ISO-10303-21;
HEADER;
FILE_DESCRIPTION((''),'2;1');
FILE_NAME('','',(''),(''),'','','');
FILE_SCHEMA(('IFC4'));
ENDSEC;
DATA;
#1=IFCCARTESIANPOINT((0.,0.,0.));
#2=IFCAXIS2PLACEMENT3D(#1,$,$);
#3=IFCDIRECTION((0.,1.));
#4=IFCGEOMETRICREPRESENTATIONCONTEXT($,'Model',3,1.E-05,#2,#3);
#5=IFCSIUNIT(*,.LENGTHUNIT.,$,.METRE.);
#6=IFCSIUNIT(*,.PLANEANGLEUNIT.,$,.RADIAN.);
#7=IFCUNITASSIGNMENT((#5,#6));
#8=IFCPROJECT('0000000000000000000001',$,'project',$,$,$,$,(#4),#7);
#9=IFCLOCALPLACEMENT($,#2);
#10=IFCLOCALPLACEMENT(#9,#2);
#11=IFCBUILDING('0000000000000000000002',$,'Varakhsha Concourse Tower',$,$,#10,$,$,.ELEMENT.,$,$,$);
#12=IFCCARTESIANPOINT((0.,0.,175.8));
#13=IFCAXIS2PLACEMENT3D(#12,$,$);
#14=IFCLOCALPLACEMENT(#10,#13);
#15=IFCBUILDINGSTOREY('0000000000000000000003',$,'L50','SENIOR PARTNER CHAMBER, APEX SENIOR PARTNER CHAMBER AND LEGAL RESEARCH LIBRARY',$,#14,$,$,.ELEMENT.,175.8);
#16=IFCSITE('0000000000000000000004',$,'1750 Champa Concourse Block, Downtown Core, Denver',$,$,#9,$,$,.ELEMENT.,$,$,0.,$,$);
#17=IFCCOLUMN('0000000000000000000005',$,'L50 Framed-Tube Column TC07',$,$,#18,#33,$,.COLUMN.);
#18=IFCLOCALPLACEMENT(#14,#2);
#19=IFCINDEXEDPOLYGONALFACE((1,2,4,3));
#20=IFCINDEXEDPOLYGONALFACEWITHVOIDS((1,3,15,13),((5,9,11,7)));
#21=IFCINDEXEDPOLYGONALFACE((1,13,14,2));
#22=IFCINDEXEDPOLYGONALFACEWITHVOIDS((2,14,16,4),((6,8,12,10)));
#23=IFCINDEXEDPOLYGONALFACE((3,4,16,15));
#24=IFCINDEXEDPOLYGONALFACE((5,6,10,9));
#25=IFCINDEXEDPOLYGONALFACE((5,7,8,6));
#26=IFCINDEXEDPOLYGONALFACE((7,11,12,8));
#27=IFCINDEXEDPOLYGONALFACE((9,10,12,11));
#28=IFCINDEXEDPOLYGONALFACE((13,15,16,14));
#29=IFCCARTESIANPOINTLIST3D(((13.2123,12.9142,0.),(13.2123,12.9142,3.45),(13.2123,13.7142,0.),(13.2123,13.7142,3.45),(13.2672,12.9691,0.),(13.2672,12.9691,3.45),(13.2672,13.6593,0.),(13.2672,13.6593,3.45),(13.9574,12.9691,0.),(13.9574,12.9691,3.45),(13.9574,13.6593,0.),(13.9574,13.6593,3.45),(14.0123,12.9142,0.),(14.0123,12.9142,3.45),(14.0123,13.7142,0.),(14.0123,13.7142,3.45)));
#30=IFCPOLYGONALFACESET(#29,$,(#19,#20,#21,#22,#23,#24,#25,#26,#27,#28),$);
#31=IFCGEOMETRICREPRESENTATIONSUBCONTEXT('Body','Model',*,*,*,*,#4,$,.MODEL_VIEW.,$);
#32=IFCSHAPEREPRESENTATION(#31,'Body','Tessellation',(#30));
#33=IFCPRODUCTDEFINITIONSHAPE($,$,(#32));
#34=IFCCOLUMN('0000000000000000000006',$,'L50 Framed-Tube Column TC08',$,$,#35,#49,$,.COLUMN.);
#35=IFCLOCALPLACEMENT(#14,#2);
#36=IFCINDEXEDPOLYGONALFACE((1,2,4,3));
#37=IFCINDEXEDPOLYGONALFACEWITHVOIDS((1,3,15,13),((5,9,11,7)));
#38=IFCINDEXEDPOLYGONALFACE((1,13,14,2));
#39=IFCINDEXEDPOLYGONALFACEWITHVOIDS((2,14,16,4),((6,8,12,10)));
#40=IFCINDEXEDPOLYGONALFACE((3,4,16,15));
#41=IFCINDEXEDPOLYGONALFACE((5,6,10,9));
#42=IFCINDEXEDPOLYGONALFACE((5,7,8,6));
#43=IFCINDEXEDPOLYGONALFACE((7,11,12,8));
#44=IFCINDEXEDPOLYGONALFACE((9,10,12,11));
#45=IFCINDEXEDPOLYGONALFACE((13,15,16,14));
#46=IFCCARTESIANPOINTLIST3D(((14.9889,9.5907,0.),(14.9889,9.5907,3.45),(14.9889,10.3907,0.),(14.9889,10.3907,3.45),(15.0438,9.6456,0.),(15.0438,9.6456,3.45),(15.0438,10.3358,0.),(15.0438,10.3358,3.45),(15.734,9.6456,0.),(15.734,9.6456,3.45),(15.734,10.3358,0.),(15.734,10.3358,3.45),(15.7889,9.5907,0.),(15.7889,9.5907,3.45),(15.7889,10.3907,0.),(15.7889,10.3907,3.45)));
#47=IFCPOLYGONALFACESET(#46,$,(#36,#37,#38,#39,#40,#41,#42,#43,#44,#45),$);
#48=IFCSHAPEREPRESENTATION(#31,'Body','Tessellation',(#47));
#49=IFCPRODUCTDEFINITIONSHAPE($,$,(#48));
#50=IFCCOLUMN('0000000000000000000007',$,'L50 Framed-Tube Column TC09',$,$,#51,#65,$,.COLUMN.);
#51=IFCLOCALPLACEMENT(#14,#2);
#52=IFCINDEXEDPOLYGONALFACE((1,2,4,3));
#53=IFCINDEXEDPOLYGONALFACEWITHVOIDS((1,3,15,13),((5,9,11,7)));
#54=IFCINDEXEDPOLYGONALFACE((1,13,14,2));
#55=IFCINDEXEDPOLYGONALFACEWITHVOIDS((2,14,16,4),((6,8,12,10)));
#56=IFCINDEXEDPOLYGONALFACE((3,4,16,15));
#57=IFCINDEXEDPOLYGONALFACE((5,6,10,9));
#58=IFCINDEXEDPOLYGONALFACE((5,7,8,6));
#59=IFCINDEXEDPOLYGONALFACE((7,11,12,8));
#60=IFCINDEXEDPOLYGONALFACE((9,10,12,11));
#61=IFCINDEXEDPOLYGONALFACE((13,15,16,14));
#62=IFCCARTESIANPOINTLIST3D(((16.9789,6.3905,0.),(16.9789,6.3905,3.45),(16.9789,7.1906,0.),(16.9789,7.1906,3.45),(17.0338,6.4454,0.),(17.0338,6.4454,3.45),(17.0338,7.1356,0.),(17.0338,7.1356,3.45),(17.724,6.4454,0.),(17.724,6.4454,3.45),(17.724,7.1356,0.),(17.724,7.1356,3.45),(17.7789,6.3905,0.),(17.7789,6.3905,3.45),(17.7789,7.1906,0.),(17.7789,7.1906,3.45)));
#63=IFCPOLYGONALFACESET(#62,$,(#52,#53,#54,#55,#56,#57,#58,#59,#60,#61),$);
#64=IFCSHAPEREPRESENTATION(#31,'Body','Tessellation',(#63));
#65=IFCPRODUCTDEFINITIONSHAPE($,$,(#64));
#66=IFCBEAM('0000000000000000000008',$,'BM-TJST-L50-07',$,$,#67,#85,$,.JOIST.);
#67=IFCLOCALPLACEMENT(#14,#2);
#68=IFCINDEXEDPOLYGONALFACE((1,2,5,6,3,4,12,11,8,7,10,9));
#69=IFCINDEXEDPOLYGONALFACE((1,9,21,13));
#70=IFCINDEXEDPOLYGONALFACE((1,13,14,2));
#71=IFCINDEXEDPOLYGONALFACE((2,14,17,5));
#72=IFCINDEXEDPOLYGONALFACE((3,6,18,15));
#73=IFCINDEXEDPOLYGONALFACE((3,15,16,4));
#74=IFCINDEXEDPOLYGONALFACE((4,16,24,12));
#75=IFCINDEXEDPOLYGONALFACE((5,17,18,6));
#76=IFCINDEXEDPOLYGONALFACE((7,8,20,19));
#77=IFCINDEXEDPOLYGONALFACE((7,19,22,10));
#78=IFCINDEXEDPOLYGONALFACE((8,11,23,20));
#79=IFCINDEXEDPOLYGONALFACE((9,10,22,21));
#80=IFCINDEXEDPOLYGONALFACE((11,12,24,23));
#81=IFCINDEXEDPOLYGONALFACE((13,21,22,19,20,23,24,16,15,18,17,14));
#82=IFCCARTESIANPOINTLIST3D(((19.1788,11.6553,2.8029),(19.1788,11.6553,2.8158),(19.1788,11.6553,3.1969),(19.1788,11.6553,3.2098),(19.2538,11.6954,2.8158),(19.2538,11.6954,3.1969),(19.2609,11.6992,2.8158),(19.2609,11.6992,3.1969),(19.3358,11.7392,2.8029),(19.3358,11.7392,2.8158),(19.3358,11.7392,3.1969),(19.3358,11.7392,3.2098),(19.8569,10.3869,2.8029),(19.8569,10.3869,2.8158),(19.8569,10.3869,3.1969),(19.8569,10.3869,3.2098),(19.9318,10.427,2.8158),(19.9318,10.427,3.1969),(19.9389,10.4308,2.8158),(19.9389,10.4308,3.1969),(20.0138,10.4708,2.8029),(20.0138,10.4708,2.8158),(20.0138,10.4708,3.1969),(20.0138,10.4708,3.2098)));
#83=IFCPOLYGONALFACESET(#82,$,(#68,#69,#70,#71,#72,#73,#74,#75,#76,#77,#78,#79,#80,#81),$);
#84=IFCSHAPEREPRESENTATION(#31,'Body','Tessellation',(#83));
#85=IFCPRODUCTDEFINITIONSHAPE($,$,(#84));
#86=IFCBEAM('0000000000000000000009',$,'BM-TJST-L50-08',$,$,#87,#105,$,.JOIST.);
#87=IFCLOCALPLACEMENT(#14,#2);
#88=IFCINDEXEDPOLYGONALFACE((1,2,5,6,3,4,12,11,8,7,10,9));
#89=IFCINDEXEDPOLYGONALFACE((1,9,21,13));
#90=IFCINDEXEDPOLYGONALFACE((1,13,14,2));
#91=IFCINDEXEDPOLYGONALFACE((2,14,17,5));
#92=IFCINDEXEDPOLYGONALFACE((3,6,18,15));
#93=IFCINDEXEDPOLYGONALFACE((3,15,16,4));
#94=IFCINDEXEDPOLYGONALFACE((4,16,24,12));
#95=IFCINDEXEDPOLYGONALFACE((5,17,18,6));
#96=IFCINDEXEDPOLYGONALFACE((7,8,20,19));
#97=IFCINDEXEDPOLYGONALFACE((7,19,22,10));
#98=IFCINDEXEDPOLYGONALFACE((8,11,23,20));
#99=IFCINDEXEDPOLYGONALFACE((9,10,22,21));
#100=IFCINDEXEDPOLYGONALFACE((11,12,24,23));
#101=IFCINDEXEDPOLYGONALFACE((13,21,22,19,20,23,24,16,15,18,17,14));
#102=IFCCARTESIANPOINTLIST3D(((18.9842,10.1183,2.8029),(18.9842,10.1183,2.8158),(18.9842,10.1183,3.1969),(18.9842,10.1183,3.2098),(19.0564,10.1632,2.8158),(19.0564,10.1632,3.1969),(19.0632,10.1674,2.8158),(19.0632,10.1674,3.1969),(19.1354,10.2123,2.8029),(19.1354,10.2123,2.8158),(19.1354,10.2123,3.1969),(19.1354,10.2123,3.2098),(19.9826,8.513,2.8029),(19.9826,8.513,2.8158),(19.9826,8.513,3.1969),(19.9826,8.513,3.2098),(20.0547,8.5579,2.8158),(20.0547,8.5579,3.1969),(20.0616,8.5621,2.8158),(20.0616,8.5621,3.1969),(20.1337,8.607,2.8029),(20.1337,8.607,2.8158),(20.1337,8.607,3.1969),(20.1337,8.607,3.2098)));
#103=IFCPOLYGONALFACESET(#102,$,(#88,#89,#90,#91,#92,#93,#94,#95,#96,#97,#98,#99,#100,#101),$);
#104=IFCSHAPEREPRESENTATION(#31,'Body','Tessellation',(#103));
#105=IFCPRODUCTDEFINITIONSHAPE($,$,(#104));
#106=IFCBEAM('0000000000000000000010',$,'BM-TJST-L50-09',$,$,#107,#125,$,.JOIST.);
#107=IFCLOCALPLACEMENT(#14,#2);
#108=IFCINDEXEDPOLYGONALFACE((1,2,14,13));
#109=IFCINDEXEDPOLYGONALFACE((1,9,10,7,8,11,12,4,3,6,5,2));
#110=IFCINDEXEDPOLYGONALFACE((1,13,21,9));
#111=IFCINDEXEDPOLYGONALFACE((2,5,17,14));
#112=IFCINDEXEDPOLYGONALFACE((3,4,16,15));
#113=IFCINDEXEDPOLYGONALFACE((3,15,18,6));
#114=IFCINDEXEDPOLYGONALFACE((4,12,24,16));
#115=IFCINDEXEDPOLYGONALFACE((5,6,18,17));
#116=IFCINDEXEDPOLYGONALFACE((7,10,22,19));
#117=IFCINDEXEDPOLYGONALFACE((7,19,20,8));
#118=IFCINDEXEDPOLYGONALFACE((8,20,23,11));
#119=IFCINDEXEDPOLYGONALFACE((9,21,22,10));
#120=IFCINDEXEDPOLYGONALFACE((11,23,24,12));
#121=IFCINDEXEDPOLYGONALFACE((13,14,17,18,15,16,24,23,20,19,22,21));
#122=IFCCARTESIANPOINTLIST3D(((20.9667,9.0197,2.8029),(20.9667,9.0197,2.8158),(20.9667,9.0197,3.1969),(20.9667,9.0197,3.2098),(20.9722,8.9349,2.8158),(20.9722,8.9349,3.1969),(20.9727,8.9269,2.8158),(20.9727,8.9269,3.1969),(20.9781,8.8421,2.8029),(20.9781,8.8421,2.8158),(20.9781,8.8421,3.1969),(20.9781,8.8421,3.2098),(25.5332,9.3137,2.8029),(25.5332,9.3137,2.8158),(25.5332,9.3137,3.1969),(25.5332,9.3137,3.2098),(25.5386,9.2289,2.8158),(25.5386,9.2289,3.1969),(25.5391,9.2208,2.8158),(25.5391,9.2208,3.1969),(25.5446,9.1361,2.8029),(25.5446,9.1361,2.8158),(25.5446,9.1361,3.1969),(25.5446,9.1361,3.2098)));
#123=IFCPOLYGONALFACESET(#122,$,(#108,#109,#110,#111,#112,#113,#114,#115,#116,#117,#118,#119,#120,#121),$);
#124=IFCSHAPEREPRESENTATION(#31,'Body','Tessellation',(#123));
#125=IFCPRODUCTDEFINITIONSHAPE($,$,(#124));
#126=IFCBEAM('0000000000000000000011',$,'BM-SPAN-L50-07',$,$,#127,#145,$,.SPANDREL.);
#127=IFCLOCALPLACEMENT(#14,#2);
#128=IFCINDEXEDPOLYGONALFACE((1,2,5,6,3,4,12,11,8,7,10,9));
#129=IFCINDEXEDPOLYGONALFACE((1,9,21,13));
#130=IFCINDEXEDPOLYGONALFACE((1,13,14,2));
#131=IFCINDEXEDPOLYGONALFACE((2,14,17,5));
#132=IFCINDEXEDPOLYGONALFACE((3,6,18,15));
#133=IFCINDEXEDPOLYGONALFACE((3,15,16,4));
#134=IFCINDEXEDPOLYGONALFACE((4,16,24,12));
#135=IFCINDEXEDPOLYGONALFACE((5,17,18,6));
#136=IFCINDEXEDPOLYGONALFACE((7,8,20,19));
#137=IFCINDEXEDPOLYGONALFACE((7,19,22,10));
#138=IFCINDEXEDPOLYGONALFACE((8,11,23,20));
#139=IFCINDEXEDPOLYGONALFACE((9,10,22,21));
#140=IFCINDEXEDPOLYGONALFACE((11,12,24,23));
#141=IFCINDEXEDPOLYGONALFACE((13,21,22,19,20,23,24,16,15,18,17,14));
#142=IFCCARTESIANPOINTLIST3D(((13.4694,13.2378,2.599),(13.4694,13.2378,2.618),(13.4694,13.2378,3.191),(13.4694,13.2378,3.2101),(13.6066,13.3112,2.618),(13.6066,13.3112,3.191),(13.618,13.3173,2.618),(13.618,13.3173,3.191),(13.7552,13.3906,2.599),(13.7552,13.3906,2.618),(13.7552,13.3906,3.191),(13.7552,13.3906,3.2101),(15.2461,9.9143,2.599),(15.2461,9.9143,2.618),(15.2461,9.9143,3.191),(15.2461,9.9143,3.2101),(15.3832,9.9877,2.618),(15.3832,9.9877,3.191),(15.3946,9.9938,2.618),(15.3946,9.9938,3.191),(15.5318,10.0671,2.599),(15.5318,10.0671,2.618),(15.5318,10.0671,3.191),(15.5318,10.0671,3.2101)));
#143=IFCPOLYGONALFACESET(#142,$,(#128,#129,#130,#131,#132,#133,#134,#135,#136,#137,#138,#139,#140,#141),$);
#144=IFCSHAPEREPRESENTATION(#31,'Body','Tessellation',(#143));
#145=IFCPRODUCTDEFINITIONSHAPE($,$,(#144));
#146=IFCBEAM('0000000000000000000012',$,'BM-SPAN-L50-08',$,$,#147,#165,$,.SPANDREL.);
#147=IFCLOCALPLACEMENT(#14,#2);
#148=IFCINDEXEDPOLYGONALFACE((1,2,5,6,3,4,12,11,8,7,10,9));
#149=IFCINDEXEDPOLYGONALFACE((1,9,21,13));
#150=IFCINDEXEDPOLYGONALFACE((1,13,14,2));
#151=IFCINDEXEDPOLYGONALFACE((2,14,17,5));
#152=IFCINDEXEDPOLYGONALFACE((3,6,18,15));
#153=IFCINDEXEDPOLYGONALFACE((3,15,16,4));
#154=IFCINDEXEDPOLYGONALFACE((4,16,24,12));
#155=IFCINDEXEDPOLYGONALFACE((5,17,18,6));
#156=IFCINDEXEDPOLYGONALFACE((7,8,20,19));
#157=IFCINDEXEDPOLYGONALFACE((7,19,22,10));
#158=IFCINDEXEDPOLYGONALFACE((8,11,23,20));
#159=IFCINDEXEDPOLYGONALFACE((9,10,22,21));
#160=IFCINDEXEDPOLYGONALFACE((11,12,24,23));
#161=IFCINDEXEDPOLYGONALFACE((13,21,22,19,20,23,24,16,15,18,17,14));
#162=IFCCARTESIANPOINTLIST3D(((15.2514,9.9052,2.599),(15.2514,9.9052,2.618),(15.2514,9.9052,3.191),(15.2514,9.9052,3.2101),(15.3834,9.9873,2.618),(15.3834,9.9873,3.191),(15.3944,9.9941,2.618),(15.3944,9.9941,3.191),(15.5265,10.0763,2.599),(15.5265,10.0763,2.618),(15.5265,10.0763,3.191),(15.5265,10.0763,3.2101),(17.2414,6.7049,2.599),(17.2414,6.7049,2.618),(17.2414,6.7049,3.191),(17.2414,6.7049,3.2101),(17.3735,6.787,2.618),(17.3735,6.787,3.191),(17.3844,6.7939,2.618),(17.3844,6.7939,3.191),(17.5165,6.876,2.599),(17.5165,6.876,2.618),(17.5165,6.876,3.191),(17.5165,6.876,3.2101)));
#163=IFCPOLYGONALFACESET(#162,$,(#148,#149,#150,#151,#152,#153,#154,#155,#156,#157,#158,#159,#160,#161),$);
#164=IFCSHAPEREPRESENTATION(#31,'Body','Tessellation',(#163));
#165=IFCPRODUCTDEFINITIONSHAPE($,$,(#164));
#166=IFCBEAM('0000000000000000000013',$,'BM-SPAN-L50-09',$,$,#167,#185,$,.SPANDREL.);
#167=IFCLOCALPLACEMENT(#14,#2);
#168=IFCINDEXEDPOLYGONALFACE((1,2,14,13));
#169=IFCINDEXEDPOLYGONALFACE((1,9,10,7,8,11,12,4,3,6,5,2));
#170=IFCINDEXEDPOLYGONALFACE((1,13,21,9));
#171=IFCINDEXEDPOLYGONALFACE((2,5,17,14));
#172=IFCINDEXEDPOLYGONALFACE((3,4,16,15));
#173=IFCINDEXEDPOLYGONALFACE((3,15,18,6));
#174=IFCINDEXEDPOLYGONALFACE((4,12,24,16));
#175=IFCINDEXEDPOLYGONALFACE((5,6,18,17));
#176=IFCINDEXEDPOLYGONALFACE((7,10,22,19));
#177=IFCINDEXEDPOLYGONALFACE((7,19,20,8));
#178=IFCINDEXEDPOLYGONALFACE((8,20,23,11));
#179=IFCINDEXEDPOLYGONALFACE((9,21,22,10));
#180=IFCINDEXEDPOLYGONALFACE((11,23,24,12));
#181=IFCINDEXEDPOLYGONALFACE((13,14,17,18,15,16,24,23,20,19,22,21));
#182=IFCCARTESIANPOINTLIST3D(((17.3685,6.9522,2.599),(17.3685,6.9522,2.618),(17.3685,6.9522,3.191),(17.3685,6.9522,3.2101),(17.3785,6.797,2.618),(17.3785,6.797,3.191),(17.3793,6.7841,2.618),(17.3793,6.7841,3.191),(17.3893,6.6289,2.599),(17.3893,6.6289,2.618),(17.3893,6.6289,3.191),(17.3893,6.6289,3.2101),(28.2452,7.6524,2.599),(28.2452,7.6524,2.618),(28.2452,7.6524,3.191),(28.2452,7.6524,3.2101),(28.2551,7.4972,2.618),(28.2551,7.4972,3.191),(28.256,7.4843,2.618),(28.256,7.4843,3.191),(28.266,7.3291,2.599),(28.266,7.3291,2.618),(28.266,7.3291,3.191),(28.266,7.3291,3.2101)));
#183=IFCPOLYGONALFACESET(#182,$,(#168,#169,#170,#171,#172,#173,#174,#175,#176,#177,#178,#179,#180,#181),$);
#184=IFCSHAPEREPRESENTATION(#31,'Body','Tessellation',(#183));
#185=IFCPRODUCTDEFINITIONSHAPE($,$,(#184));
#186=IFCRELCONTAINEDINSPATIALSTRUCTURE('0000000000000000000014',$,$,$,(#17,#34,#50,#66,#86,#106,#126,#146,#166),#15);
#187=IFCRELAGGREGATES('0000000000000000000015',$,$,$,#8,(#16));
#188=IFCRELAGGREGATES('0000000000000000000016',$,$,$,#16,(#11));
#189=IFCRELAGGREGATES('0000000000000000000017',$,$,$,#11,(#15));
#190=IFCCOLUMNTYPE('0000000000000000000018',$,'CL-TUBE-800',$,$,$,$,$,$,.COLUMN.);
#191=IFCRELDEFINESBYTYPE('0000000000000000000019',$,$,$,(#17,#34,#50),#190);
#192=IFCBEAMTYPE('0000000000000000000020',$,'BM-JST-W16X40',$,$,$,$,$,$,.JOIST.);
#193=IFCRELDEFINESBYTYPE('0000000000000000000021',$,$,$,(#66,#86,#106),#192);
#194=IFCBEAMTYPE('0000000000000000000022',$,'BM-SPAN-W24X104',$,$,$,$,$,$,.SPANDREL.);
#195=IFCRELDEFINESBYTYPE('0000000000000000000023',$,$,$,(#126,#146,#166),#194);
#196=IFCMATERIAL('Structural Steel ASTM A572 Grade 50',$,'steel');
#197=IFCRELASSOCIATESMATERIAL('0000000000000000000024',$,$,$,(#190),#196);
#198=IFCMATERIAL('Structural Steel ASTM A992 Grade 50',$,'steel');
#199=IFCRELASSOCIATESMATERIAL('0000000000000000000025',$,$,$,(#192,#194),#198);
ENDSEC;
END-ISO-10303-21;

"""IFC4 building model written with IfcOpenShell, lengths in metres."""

from ifc_helpers import new_model, si_unit, direction, frame, origin, origin_2d, place, context, subcontext, project, spatial, hollow_rectangle, i_section, extrude, material, material_profile, profile_set, type_object, element, save


model = new_model("IFC4")

# Units and contexts
model_context = context("Model", 3, precision=1e-05, world=origin(), true_north=direction((0.0, 1.0)))
body_context = subcontext(model_context, "Body", "Model", "MODEL_VIEW")
ifc_project = project(units=[si_unit("LENGTHUNIT", "METRE"), si_unit("PLANEANGLEUNIT", "RADIAN")], contexts=[model_context])

# Site, building, storey
site_placement = place(None, origin())
site = spatial("IfcSite", under=ifc_project, at=site_placement, Name="1750 Champa Concourse Block, Downtown Core, Denver", CompositionType="ELEMENT", RefElevation=0.0)
building_placement = place(site_placement, origin())
building = spatial("IfcBuilding", under=site, at=building_placement, Name="Varakhsha Concourse Tower", CompositionType="ELEMENT")
storey_placement = place(building_placement, frame((0.0, 0.0, 175.8)))
storey = spatial("IfcBuildingStorey", under=building, at=storey_placement, Name="L50", Description="SENIOR PARTNER CHAMBER, APEX SENIOR PARTNER CHAMBER AND LEGAL RESEARCH LIBRARY", CompositionType="ELEMENT", Elevation=175.8)

# Columns
ifc_material_1 = material(Name="Structural Steel ASTM A572 Grade 50", Category="steel")
ifc_material_profile_1 = material_profile(ifc_material_1, hollow_rectangle(XDim=0.8, YDim=0.8, WallThickness=0.0549, at=origin_2d()), Name="BOX 800x800x55")
ifc_profile_set_1 = profile_set([ifc_material_profile_1], Name="Structural Steel ASTM A572 Grade 50")
column_type = type_object("IfcColumnType", Name="CL-TUBE-800", PredefinedType="COLUMN", material=ifc_profile_set_1)
for number, where, z_axis, x_axis, name in (
    (1, (13.6123, 13.3142, 0.0), (0.0, 0.0, 1.0), (1.0, 0.0, 0.0), "L50 Framed-Tube Column TC07"),
    (2, (15.3889, 9.9907, 0.0), (0.0, 0.0, 1.0), (1.0, 0.0, 0.0), "L50 Framed-Tube Column TC08"),
    (3, (17.3789, 6.7905, 0.0), (0.0, 0.0, 1.0), (1.0, 0.0, 0.0), "L50 Framed-Tube Column TC09"),
):
    element("IfcColumn", number, at=place(storey_placement, frame(where, z_axis=z_axis, x_axis=x_axis)), inside=storey, type_object=column_type, Name=name, PredefinedType="COLUMN", context=body_context, shape_type="SweptSolid", body=[
        extrude(hollow_rectangle(XDim=0.8, YDim=0.8, WallThickness=0.0549, at=origin_2d()), origin(), (0.0, 0.0, 1.0), 3.45),
    ])

# Beams
ifc_material_2 = material(Name="Structural Steel ASTM A992 Grade 50", Category="steel")
ifc_material_profile_2 = material_profile(ifc_material_2, i_section(OverallWidth=0.178, OverallDepth=0.407, WebThickness=0.0081, FlangeThickness=0.0129, at=origin_2d()), Name="W16X40")
ifc_profile_set_2 = profile_set([ifc_material_profile_2], Name="Structural Steel ASTM A992 Grade 50")
beam_type_1 = type_object("IfcBeamType", Name="BM-JST-W16X40", PredefinedType="JOIST", material=ifc_profile_set_2)
beam_1_placement = place(storey_placement, frame((19.2573, 11.6973, 3.0063), z_axis=(0.471425, -0.881906, 0.0), x_axis=(0.881906, 0.471425, 0.0)))
element("IfcBeam", 4, at=beam_1_placement, inside=storey, type_object=beam_type_1, Name="BM-TJST-L50-07", PredefinedType="JOIST", context=body_context, shape_type="SweptSolid", body=[
    extrude(i_section(OverallWidth=0.178, OverallDepth=0.407, WebThickness=0.0081, FlangeThickness=0.0129, at=origin_2d()), origin(), (0.0, 0.0, 1.0), 1.4382),
])
beam_2_placement = place(storey_placement, frame((19.0598, 10.1653, 3.0063), z_axis=(0.528105, -0.849179, 0.0), x_axis=(0.849179, 0.528105, 0.0)))
element("IfcBeam", 5, at=beam_2_placement, inside=storey, type_object=beam_type_1, Name="BM-TJST-L50-08", PredefinedType="JOIST", context=body_context, shape_type="SweptSolid", body=[
    extrude(i_section(OverallWidth=0.178, OverallDepth=0.407, WebThickness=0.0081, FlangeThickness=0.0129, at=origin_2d()), origin(), (0.0, 0.0, 1.0), 1.8904),
])
beam_3_placement = place(storey_placement, frame((20.9724, 8.9309, 3.0063), z_axis=(0.997935, 0.064238, 0.0), x_axis=(-0.064238, 0.997935, 0.0)))
element("IfcBeam", 6, at=beam_3_placement, inside=storey, type_object=beam_type_1, Name="BM-TJST-L50-09", PredefinedType="JOIST", context=body_context, shape_type="SweptSolid", body=[
    extrude(i_section(OverallWidth=0.178, OverallDepth=0.407, WebThickness=0.0081, FlangeThickness=0.0129, at=origin_2d()), origin(), (0.0, 0.0, 1.0), 4.5759),
])
ifc_material_profile_3 = material_profile(ifc_material_2, i_section(OverallWidth=0.324, OverallDepth=0.6111, WebThickness=0.0129, FlangeThickness=0.019, at=origin_2d()), Name="W24X104")
ifc_profile_set_3 = profile_set([ifc_material_profile_3], Name="Structural Steel ASTM A992 Grade 50")
beam_type_2 = type_object("IfcBeamType", Name="BM-SPAN-W24X104", PredefinedType="SPANDREL", material=ifc_profile_set_3)
for number, where, z_axis, x_axis, name in (
    (7, (13.6123, 13.3142, 2.9045), (0.471432, -0.881902, 0.0), (0.881902, 0.471432, 0.0), "BM-SPAN-L50-07"),
    (8, (15.3889, 9.9907, 2.9045), (0.528064, -0.849204, 0.0), (0.849204, 0.528064, 0.0), "BM-SPAN-L50-08"),
):
    element("IfcBeam", number, at=place(storey_placement, frame(where, z_axis=z_axis, x_axis=x_axis)), inside=storey, type_object=beam_type_2, Name=name, PredefinedType="SPANDREL", context=body_context, shape_type="SweptSolid", body=[
        extrude(i_section(OverallWidth=0.324, OverallDepth=0.6111, WebThickness=0.0129, FlangeThickness=0.019, at=origin_2d()), origin(), (0.0, 0.0, 1.0), 3.7686),
    ])
beam_4_placement = place(storey_placement, frame((17.3789, 6.7905, 2.9045), z_axis=(0.997934, 0.064243, 0.0), x_axis=(-0.064243, 0.997934, 0.0)))
element("IfcBeam", 9, at=beam_4_placement, inside=storey, type_object=beam_type_2, Name="BM-SPAN-L50-09", PredefinedType="SPANDREL", context=body_context, shape_type="SweptSolid", body=[
    extrude(i_section(OverallWidth=0.324, OverallDepth=0.6111, WebThickness=0.0129, FlangeThickness=0.019, at=origin_2d()), origin(), (0.0, 0.0, 1.0), 10.8992),
])

save(model, "model.ifc")
